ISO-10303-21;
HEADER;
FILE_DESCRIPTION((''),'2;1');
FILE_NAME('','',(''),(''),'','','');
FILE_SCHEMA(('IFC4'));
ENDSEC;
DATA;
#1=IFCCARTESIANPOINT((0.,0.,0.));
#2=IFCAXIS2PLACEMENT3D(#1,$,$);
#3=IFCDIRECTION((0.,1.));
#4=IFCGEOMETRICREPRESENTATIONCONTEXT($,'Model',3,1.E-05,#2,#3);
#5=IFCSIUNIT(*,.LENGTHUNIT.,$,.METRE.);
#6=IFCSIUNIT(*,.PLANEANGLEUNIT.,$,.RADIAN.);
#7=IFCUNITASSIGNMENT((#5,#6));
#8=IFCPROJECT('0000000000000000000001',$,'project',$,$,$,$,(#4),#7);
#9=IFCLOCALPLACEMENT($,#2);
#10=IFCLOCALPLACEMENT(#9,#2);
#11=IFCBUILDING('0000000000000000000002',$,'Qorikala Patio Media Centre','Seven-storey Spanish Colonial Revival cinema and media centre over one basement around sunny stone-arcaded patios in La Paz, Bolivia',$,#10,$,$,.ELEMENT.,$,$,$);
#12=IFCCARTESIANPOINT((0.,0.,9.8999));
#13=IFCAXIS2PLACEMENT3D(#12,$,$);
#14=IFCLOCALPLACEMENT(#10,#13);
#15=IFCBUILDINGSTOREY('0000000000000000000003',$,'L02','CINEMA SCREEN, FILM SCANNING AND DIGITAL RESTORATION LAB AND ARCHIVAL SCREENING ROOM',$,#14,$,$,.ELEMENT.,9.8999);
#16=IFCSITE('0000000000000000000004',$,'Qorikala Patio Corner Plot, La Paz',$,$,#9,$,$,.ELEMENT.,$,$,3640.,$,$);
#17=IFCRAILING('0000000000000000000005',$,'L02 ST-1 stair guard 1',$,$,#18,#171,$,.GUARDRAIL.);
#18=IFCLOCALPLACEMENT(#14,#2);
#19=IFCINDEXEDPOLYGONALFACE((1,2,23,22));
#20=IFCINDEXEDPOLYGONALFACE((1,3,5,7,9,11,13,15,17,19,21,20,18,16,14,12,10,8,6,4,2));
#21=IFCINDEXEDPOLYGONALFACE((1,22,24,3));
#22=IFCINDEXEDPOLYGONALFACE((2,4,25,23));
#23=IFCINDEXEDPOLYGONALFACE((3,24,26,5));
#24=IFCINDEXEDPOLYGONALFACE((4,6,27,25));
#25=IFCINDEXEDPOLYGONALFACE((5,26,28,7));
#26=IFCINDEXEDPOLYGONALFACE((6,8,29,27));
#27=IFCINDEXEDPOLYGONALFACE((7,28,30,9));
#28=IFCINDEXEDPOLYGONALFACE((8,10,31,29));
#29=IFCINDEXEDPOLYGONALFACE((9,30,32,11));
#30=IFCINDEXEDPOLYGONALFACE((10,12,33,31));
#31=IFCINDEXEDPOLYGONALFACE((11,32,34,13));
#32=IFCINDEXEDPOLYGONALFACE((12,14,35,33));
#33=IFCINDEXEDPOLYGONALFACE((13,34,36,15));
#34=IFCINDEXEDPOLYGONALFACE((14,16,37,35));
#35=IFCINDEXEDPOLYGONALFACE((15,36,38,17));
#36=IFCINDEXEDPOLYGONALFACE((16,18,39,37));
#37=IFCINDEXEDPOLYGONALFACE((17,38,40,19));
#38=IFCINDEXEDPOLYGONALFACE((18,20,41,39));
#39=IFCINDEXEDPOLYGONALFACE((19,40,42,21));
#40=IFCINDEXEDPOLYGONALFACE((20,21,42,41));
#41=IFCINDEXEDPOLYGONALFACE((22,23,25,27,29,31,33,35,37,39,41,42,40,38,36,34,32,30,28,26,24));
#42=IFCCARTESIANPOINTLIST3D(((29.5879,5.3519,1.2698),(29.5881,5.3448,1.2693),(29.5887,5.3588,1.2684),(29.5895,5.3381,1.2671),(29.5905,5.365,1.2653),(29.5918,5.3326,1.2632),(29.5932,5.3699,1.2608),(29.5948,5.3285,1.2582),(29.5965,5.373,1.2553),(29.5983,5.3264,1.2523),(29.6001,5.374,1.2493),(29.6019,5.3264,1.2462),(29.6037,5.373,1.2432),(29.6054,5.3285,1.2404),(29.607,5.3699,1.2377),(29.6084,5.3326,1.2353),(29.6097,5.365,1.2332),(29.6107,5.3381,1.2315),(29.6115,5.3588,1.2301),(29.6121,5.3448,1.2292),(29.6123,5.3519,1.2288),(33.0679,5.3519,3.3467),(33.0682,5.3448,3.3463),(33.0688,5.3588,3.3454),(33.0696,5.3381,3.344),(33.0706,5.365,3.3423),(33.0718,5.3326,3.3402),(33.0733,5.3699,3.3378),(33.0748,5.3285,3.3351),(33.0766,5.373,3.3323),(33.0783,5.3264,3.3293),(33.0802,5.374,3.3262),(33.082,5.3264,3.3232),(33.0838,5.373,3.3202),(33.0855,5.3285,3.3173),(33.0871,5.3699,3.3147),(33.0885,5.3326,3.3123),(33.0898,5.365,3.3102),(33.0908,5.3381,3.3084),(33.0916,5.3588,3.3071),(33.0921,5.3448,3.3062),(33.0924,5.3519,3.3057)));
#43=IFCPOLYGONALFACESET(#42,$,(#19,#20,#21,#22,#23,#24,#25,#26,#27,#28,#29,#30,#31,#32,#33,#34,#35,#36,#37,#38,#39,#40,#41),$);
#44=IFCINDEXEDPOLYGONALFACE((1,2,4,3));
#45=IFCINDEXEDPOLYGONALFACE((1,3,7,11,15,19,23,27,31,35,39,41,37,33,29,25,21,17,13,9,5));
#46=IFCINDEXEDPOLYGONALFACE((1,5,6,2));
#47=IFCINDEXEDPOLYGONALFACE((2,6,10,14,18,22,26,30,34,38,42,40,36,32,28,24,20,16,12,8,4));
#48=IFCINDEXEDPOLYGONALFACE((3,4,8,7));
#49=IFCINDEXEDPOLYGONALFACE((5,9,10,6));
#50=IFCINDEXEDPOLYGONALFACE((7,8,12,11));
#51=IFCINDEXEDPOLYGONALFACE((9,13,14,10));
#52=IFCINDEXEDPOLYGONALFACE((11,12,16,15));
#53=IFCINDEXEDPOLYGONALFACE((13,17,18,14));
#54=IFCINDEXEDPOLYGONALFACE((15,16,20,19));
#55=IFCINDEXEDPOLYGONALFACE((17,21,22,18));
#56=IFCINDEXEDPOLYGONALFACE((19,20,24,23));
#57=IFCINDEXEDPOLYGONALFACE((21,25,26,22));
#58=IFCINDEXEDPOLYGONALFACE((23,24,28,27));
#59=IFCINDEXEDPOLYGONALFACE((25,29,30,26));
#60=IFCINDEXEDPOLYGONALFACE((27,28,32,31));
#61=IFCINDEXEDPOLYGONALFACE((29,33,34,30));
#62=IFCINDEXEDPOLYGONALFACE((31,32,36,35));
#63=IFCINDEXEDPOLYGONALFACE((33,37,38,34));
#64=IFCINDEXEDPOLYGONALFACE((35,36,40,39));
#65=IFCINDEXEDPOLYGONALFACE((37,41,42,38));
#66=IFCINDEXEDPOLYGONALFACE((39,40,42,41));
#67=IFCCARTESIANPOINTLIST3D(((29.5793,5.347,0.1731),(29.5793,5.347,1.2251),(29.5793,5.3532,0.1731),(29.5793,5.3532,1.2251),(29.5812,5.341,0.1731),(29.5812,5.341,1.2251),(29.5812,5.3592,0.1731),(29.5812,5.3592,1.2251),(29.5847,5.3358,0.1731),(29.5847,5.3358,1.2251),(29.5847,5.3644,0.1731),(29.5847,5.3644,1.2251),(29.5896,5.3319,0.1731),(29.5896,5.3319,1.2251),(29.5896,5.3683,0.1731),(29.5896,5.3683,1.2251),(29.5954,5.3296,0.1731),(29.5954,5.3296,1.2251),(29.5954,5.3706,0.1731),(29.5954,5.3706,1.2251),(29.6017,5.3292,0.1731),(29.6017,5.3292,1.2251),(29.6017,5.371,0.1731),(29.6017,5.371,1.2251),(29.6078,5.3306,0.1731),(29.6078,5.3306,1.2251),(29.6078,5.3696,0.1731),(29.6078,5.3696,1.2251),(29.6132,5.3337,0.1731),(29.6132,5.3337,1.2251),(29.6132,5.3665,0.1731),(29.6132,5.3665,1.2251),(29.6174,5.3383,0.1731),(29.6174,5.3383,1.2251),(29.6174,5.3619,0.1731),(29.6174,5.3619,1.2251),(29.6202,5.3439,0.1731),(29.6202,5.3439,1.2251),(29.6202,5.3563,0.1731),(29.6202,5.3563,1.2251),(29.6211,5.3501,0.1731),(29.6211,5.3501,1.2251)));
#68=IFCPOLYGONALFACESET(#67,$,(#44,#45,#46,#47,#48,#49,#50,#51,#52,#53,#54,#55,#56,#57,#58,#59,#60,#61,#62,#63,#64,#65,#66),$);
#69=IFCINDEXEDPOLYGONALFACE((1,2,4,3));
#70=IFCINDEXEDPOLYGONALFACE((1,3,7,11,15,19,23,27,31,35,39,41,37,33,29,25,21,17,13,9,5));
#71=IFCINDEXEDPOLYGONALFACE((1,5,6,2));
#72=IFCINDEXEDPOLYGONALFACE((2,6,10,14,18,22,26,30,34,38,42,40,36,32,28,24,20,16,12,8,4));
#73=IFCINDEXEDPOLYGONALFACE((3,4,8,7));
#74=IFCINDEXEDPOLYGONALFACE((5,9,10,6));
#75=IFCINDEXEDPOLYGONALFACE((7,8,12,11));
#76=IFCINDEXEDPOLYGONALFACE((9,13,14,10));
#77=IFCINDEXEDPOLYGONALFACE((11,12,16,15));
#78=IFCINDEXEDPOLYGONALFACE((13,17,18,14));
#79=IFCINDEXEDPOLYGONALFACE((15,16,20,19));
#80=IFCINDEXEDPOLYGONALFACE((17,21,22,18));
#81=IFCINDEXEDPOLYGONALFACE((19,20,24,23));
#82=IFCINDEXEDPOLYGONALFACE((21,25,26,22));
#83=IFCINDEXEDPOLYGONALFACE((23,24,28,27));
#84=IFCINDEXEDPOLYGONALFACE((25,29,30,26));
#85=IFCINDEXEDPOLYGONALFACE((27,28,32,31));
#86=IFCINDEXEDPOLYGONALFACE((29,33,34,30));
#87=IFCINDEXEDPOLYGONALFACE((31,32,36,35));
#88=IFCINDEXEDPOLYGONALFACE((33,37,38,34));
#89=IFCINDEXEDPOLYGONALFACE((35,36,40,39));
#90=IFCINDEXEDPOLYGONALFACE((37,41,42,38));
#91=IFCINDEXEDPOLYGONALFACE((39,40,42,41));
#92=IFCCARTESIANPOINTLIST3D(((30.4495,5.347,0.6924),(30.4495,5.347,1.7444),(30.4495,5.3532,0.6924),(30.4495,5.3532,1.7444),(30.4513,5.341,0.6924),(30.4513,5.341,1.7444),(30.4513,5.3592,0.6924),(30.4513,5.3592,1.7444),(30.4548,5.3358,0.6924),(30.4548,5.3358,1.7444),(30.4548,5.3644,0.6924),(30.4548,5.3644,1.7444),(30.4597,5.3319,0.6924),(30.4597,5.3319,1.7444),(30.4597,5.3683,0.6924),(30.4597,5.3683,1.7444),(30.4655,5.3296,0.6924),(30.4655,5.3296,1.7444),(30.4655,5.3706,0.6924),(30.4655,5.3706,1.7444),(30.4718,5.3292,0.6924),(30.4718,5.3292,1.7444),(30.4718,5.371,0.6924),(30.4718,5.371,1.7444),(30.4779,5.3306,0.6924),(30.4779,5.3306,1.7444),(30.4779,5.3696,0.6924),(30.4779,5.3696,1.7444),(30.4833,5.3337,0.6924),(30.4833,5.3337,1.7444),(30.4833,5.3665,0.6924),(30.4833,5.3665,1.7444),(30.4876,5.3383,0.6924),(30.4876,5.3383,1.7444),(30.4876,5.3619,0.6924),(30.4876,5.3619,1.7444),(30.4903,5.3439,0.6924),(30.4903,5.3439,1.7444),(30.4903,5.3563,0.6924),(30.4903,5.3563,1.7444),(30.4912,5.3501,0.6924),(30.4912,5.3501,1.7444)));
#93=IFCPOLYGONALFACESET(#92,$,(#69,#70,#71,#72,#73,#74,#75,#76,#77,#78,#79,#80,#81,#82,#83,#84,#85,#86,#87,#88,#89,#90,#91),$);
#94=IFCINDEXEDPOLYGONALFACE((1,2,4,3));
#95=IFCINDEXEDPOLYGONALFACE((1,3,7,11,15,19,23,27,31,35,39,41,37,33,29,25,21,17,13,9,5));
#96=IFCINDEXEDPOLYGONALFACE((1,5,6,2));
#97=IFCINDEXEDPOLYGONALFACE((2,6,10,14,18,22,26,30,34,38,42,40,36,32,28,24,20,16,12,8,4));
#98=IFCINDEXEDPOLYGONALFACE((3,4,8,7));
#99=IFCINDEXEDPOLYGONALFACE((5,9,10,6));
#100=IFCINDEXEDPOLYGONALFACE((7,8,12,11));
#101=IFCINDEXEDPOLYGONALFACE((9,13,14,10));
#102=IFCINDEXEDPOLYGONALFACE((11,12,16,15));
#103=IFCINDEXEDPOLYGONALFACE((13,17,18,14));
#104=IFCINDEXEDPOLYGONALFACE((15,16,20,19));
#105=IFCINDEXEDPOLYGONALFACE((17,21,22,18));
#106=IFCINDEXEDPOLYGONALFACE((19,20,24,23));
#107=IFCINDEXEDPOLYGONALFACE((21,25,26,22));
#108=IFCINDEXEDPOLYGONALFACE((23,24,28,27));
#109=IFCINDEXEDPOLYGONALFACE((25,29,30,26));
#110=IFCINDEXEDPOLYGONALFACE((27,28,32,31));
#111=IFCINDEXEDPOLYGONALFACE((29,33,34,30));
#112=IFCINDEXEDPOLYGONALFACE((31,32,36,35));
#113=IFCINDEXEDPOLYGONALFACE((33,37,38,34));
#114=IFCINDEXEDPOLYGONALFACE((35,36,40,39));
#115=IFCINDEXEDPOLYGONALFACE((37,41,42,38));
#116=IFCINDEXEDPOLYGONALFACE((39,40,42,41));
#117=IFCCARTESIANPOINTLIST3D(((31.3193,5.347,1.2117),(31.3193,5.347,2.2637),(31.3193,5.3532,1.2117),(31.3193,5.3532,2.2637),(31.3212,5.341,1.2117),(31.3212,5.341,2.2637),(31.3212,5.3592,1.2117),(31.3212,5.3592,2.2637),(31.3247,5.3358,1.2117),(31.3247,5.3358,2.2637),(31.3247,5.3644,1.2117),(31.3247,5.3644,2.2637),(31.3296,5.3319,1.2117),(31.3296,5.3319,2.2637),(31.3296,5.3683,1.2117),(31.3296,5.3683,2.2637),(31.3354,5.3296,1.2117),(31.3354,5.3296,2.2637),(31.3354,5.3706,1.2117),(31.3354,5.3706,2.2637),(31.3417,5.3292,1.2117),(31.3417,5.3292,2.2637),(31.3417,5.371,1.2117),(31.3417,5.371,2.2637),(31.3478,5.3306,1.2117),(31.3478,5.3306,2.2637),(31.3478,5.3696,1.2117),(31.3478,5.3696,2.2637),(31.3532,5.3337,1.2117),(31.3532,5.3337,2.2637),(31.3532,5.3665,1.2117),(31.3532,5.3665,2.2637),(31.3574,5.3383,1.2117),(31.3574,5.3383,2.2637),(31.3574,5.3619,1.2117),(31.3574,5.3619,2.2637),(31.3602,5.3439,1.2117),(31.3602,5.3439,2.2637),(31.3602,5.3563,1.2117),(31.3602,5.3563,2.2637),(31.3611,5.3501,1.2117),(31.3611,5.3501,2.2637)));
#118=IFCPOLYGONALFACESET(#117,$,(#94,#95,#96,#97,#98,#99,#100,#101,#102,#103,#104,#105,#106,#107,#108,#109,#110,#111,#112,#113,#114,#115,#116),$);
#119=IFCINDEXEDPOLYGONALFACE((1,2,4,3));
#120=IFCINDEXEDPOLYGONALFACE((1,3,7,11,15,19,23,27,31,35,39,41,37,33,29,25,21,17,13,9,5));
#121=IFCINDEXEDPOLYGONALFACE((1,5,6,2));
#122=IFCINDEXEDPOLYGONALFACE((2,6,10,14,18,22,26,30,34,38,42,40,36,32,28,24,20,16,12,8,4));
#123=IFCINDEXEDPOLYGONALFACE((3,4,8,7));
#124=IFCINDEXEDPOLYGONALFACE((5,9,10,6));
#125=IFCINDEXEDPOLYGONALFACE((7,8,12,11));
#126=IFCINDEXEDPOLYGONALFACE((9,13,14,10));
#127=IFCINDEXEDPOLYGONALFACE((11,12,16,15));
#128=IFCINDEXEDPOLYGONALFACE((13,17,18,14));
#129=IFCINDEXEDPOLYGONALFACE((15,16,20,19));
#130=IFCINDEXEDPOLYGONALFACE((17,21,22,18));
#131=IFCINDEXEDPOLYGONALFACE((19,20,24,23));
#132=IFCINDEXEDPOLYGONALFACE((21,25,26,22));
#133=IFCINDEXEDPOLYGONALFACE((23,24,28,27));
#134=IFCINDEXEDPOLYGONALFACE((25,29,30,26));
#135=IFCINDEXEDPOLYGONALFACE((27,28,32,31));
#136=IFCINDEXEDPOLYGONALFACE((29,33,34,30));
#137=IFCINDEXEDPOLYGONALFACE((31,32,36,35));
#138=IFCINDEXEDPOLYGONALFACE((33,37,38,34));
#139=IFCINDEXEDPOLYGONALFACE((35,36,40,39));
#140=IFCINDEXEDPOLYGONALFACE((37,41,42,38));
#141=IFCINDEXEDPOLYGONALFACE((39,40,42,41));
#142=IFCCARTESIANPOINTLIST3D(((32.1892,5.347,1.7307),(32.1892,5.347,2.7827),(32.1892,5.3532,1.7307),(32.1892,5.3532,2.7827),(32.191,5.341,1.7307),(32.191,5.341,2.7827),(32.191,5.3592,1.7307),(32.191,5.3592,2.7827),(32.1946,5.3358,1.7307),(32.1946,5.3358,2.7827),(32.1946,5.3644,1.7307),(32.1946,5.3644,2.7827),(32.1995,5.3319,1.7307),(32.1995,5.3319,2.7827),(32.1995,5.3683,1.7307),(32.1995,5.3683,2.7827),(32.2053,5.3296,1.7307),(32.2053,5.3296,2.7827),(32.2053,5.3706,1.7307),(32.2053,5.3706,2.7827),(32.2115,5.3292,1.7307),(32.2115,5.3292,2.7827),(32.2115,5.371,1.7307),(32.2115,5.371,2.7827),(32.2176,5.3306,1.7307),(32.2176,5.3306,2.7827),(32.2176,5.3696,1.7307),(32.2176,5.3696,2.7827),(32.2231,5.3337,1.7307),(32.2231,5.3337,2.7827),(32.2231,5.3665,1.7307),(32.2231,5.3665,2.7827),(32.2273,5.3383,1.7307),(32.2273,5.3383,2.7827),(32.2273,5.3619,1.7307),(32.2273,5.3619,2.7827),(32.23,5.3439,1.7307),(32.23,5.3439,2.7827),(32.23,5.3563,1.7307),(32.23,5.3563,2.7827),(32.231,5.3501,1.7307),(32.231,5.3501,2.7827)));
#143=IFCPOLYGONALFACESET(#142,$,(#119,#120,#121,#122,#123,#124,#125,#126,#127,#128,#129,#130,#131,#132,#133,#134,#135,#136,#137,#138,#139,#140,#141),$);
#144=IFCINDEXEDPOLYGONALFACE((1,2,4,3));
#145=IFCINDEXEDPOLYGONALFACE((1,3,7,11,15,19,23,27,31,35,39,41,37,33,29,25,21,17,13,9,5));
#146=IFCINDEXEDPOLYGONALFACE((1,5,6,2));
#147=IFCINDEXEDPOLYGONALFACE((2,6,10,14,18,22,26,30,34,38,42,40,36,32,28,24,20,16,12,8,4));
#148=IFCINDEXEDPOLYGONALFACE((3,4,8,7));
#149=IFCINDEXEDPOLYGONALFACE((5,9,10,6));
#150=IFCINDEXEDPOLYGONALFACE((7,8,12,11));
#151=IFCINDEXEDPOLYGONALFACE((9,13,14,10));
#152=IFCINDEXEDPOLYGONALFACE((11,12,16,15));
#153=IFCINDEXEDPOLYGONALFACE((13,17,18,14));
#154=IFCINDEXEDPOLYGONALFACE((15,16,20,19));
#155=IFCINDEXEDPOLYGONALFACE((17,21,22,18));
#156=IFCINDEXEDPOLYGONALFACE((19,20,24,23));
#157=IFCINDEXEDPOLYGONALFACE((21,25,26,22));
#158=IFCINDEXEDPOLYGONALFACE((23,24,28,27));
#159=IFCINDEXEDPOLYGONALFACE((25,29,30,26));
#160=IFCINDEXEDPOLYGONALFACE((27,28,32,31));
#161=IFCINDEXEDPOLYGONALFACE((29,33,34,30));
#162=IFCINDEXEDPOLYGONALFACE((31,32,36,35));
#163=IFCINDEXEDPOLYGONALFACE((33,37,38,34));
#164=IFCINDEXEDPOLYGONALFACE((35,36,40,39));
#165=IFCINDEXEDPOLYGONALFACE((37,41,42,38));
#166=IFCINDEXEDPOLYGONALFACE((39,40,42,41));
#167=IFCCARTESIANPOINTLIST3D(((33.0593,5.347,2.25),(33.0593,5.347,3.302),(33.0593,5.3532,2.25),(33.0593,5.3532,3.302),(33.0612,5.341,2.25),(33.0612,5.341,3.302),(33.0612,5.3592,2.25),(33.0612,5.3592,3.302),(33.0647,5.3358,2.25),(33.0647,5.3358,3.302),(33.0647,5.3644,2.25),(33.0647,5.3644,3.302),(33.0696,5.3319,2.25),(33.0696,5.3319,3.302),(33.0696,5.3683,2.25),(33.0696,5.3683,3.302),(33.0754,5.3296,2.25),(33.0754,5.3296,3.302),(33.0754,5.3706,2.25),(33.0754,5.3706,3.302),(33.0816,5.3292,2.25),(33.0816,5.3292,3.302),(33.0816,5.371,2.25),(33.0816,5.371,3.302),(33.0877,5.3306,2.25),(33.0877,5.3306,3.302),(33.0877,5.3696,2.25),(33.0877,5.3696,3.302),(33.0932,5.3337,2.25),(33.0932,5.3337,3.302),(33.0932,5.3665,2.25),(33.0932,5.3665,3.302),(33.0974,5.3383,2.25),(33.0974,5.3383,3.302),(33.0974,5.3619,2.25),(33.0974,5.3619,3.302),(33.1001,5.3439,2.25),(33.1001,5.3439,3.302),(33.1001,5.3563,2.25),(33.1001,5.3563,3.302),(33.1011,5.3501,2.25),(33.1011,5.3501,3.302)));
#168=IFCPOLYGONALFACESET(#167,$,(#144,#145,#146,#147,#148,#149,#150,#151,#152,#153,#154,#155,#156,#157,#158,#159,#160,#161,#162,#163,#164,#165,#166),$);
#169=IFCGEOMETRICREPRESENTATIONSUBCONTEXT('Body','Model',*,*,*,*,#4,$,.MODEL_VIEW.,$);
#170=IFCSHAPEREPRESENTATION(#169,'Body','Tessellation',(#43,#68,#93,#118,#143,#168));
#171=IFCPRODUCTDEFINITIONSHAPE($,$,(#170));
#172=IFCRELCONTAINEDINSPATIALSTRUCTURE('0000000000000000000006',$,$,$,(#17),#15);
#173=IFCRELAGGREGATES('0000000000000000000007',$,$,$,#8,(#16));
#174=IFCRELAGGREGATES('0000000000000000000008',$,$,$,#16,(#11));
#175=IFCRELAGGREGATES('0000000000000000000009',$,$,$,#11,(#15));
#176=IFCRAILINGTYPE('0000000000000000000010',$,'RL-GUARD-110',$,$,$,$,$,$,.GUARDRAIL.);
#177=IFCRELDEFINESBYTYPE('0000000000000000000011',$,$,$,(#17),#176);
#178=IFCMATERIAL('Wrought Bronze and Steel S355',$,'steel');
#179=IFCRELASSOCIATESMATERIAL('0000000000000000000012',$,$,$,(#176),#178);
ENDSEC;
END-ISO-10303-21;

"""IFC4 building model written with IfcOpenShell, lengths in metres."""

from ifc_helpers import new_model, si_unit, direction, frame, origin, origin_2d, place, context, subcontext, project, spatial, circle, extrude, material, type_object, element, save


model = new_model("IFC4")

# Units and contexts
model_context = context("Model", 3, precision=1e-05, world=origin(), true_north=direction((0.0, 1.0)))
body_context = subcontext(model_context, "Body", "Model", "MODEL_VIEW")
ifc_project = project(units=[si_unit("LENGTHUNIT", "METRE"), si_unit("PLANEANGLEUNIT", "RADIAN")], contexts=[model_context])

# Site, building, storey
site_placement = place(None, origin())
site = spatial("IfcSite", under=ifc_project, at=site_placement, Name="Qorikala Patio Corner Plot, La Paz", CompositionType="ELEMENT", RefElevation=3640.0)
building_placement = place(site_placement, origin())
building = spatial("IfcBuilding", under=site, at=building_placement, Name="Qorikala Patio Media Centre", Description="Seven-storey Spanish Colonial Revival cinema and media centre over one basement around sunny stone-arcaded patios in La Paz, Bolivia", CompositionType="ELEMENT")
storey_placement = place(building_placement, frame((0.0, 0.0, 9.8999)))
storey = spatial("IfcBuildingStorey", under=building, at=storey_placement, Name="L02", Description="CINEMA SCREEN, FILM SCANNING AND DIGITAL RESTORATION LAB AND ARCHIVAL SCREENING ROOM", CompositionType="ELEMENT", Elevation=9.8999)

# Railing
ifc_material_1 = material(Name="Wrought Bronze and Steel S355", Category="steel")
railing_type_1 = type_object("IfcRailingType", Name="RL-GUARD-110", PredefinedType="GUARDRAIL", material=ifc_material_1)
railing_1_placement = place(storey_placement, frame((29.6001, 5.3501, 0.1731)))
element("IfcRailing", 1, at=railing_1_placement, inside=storey, type_object=railing_type_1, Name="L02 ST-1 stair guard 1", PredefinedType="GUARDRAIL", context=body_context, shape_type="SweptSolid", body=[
    extrude(circle(Radius=0.0239, at=origin_2d()), frame((0.0, 0.0, 1.0762), z_axis=(0.858697, 0.0, 0.512483), x_axis=(0.0, 1.0, 0.0)), (0.0, 0.0, 1.0), 4.0527),
    extrude(circle(Radius=0.021, at=origin_2d()), origin(), (0.0, 0.0, 1.0), 1.052),
    extrude(circle(Radius=0.021, at=origin_2d()), frame((0.8701, 0.0, 0.5193)), (0.0, 0.0, 1.0), 1.052),
    extrude(circle(Radius=0.021, at=origin_2d()), frame((1.74, 0.0, 1.0386)), (0.0, 0.0, 1.0), 1.052),
    extrude(circle(Radius=0.021, at=origin_2d()), frame((2.6099, 0.0, 1.5576)), (0.0, 0.0, 1.0), 1.052),
    extrude(circle(Radius=0.021, at=origin_2d()), frame((3.48, 0.0, 2.0769)), (0.0, 0.0, 1.0), 1.052),
])

save(model, "model.ifc")
